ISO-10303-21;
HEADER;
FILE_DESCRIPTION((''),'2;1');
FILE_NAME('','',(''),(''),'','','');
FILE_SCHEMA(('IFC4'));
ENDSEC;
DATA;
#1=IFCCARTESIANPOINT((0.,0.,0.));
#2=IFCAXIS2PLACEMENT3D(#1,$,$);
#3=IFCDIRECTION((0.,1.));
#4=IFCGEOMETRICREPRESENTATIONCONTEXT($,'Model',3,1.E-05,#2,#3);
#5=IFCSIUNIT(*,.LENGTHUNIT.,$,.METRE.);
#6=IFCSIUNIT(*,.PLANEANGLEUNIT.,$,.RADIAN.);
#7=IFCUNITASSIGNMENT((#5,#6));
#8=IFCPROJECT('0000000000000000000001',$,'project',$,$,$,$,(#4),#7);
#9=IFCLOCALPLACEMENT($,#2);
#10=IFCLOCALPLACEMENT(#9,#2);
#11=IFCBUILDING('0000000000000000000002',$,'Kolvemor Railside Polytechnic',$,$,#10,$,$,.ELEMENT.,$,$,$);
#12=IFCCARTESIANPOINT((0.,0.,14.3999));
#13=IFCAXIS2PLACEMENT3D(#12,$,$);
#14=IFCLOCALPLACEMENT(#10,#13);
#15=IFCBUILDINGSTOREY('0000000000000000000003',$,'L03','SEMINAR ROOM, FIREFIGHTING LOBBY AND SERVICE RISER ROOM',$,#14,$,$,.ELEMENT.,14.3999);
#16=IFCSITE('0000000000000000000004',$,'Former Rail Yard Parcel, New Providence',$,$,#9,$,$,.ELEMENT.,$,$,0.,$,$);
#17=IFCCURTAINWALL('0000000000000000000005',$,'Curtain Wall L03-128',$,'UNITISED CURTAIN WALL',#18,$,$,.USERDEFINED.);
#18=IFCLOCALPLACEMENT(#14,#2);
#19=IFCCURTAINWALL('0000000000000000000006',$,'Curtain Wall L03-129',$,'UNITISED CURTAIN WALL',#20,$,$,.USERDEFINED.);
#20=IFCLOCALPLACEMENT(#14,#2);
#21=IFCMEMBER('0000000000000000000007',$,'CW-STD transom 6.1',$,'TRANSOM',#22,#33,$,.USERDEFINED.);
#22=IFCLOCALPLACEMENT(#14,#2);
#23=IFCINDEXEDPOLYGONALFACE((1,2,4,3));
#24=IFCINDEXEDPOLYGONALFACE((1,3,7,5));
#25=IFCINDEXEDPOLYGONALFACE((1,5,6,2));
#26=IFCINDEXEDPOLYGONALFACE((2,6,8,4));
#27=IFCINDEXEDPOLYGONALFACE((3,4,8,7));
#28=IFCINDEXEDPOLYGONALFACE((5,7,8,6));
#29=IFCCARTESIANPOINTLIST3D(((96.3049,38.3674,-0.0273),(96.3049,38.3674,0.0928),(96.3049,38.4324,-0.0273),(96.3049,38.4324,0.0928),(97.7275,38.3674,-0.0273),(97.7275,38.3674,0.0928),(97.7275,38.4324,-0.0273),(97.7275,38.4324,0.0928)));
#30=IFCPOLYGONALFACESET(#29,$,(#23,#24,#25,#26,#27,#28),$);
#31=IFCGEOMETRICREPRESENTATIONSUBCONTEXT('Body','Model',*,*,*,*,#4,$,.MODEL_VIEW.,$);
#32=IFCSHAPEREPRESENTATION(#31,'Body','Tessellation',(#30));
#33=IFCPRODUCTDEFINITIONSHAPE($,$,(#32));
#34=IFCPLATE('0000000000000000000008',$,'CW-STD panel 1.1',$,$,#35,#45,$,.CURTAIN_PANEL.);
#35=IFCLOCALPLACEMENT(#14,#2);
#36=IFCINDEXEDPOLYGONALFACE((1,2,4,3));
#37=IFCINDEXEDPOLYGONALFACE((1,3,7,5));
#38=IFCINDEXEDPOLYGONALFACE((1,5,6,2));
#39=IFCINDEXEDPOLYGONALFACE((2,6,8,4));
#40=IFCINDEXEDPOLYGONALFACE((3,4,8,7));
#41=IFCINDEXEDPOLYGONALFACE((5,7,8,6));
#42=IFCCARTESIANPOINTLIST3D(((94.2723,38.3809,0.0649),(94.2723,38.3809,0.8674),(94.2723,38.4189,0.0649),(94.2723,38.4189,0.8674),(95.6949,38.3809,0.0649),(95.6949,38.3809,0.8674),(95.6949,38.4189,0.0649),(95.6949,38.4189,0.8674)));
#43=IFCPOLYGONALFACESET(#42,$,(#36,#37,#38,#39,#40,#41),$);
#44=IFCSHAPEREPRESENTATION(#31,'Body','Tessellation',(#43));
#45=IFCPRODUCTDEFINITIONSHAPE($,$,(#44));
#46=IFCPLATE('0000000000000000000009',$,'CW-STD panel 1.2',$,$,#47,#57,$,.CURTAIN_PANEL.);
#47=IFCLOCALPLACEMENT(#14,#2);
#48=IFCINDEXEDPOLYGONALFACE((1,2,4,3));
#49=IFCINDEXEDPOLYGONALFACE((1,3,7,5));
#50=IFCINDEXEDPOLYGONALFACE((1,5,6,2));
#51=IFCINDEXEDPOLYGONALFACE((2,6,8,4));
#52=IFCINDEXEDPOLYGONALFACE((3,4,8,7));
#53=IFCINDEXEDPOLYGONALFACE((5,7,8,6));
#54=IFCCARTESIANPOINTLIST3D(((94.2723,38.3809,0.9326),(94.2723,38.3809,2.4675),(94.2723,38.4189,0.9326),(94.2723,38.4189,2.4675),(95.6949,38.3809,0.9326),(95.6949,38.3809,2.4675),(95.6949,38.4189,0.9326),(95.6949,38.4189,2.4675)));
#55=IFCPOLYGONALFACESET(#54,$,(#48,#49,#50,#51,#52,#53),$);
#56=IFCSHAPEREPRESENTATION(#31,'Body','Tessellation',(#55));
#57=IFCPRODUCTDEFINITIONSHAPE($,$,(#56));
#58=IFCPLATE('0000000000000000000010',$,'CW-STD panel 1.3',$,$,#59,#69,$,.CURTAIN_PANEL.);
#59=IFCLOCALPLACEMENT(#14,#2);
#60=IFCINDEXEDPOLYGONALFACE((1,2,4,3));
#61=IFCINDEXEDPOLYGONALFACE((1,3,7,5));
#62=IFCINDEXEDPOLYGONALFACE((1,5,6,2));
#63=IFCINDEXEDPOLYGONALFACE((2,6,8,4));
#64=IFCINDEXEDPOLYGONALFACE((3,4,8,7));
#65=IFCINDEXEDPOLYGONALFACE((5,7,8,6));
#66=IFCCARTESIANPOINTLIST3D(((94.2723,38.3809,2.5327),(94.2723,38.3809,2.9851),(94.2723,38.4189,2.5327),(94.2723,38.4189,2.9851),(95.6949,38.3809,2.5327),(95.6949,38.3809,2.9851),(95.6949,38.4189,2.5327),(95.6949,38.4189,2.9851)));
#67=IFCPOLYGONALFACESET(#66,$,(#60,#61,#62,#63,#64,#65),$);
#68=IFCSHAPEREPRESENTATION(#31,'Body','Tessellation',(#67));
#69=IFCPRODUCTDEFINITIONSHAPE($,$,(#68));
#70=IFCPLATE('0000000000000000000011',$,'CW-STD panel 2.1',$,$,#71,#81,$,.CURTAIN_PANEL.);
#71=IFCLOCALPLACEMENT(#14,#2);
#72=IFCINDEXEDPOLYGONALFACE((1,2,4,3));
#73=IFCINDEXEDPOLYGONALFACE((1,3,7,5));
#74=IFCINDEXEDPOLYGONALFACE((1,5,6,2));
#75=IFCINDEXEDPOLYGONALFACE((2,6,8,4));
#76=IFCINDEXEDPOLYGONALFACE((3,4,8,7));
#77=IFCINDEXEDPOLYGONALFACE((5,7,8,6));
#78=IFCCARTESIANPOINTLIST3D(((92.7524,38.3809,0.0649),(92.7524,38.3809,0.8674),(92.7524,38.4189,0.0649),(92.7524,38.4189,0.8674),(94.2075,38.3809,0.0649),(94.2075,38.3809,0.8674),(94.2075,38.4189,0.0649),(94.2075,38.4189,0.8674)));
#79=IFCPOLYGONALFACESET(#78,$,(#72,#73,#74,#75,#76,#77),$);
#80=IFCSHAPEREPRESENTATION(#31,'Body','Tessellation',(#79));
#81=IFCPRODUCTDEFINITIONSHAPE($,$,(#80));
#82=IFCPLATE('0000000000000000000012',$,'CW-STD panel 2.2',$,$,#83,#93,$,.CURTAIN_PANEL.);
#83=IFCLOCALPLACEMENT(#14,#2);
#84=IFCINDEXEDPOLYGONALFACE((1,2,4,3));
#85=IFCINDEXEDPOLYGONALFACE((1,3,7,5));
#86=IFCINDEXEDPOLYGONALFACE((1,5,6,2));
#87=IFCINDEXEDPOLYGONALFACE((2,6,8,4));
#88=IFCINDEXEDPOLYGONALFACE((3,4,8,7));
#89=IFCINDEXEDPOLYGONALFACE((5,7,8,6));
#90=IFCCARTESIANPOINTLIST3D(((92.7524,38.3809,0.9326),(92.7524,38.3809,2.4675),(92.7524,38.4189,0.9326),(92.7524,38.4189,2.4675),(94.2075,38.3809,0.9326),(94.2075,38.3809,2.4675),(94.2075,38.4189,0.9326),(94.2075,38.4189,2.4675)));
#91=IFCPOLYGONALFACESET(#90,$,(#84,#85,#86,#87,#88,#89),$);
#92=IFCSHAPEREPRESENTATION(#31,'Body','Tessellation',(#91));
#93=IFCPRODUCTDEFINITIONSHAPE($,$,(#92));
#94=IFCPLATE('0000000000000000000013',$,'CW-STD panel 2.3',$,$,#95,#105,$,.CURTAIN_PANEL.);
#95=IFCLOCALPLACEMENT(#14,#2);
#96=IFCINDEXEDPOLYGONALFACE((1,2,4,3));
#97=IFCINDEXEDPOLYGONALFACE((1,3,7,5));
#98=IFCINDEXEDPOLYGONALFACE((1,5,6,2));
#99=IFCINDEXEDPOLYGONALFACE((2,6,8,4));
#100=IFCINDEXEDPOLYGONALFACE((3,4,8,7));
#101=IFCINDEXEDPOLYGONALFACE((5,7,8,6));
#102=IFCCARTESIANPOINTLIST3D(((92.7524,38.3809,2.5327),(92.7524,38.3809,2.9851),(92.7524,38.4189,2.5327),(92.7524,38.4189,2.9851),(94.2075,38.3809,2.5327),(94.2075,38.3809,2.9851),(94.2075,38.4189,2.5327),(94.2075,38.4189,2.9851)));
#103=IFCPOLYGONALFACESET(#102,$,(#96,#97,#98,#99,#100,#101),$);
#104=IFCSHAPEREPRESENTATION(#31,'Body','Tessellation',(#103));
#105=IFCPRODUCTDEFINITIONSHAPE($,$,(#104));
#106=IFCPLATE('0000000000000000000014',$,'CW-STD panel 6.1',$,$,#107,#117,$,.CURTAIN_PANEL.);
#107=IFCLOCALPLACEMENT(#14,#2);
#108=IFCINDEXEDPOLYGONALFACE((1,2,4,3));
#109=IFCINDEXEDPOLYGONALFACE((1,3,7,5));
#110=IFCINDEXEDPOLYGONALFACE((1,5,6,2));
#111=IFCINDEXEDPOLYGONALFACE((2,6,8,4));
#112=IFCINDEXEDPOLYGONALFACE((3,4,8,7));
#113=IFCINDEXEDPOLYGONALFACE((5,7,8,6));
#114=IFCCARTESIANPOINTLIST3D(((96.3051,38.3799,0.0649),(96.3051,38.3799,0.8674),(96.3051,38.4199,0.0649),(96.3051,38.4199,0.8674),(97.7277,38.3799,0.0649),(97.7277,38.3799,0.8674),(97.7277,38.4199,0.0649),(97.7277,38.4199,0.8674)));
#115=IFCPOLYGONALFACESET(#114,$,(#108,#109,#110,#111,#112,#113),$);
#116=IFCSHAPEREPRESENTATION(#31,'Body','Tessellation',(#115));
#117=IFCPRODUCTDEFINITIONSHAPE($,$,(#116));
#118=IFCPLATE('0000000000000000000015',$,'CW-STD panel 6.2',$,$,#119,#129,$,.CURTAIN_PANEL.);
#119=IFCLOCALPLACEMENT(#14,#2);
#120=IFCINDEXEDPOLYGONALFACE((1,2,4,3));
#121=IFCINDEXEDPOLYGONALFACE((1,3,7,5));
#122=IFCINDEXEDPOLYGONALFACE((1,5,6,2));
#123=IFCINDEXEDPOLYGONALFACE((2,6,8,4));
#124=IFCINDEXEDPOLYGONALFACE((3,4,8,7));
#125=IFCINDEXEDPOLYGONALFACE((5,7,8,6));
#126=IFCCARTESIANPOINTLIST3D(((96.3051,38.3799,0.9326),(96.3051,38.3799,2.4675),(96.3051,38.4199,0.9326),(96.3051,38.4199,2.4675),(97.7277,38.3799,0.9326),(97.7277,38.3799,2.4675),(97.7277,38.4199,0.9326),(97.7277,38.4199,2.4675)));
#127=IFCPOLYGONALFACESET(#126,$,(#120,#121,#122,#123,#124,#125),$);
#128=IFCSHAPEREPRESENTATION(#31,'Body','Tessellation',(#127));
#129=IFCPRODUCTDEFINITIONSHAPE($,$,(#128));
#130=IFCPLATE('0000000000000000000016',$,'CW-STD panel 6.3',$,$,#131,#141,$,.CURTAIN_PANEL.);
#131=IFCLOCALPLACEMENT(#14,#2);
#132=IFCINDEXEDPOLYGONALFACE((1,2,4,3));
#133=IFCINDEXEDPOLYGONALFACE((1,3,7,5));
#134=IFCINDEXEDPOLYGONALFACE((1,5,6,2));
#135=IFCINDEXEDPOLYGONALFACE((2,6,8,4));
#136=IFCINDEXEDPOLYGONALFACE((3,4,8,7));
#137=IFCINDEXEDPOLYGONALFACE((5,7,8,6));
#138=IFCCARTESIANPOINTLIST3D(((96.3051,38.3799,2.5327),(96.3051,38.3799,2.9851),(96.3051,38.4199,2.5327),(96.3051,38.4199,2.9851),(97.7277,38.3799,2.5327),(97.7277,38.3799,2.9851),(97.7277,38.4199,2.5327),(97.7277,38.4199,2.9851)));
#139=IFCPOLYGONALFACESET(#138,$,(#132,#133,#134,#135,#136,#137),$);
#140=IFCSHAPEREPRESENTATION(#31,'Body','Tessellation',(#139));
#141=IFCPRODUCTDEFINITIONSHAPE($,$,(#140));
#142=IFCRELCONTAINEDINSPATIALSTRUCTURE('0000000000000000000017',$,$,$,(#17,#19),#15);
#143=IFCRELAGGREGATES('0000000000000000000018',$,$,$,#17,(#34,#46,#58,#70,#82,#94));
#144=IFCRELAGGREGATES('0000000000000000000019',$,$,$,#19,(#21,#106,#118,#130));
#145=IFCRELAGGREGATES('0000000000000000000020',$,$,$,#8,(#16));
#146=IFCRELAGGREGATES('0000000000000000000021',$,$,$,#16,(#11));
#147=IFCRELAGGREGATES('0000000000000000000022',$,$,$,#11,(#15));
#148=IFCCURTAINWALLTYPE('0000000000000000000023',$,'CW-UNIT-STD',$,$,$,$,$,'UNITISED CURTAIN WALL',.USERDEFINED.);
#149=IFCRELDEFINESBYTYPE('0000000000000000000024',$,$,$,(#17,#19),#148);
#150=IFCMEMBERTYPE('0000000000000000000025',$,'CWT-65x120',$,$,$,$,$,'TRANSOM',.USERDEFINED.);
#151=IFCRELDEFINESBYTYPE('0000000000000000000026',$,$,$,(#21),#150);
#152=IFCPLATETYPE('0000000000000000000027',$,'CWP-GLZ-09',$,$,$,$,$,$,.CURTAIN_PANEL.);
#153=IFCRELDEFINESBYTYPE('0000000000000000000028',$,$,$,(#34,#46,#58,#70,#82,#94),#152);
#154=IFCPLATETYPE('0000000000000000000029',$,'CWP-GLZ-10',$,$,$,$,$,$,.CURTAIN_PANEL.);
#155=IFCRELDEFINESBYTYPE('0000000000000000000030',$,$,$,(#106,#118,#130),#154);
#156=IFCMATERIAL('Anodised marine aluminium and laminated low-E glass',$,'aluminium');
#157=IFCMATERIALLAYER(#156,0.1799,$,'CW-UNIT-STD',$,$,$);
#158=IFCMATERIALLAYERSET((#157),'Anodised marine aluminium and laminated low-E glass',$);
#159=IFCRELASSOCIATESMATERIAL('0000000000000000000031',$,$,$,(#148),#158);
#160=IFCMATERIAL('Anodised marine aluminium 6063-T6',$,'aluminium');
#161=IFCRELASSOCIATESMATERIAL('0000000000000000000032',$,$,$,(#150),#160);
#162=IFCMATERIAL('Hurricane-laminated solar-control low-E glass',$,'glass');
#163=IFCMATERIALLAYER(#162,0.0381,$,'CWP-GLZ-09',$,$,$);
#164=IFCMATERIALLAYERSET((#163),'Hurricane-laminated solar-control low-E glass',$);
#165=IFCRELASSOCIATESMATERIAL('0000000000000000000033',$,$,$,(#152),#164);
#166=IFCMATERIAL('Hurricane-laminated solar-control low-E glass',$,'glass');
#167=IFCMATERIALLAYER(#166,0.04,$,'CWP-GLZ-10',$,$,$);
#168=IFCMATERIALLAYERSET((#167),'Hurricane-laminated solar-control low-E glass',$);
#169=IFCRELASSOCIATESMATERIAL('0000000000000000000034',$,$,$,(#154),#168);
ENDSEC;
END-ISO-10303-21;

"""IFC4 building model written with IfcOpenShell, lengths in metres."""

from ifc_helpers import new_model, si_unit, direction, frame, origin, origin_2d, place, context, subcontext, project, spatial, rectangle, extrude, material, layer, layer_set, material_profile, profile_set, type_object, element, aggregate, save


model = new_model("IFC4")

# Units and contexts
model_context = context("Model", 3, precision=1e-05, world=origin(), true_north=direction((0.0, 1.0)))
body_context = subcontext(model_context, "Body", "Model", "MODEL_VIEW")
ifc_project = project(units=[si_unit("LENGTHUNIT", "METRE"), si_unit("PLANEANGLEUNIT", "RADIAN")], contexts=[model_context])

# Site, building, storey
site_placement = place(None, origin())
site = spatial("IfcSite", under=ifc_project, at=site_placement, Name="Former Rail Yard Parcel, New Providence", CompositionType="ELEMENT", RefElevation=0.0)
building_placement = place(site_placement, origin())
building = spatial("IfcBuilding", under=site, at=building_placement, Name="Kolvemor Railside Polytechnic", CompositionType="ELEMENT")
storey_placement = place(building_placement, frame((0.0, 0.0, 14.3999)))
storey = spatial("IfcBuildingStorey", under=building, at=storey_placement, Name="L03", Description="SEMINAR ROOM, FIREFIGHTING LOBBY AND SERVICE RISER ROOM", CompositionType="ELEMENT", Elevation=14.3999)

# Curtain wall
ifc_material_1 = material(Name="Anodised marine aluminium and laminated low-E glass", Category="aluminium")
ifc_layer_1 = layer(ifc_material_1, 0.1799, Name="CW-UNIT-STD")
ifc_layer_set_1 = layer_set([ifc_layer_1], Name="Anodised marine aluminium and laminated low-E glass")
curtain_wall_type = type_object("IfcCurtainWallType", Name="CW-UNIT-STD", ElementType="UNITISED CURTAIN WALL", PredefinedType="USERDEFINED", material=ifc_layer_set_1)
curtain_wall_1_placement = place(storey_placement, origin())
curtain_wall_1 = element("IfcCurtainWall", 1, at=curtain_wall_1_placement, inside=storey, type_object=curtain_wall_type, Name="Curtain Wall L03-128", ObjectType="UNITISED CURTAIN WALL", PredefinedType="USERDEFINED")

# Curtain wall
curtain_wall_2_placement = place(storey_placement, origin())
curtain_wall_2 = element("IfcCurtainWall", 2, at=curtain_wall_2_placement, inside=storey, type_object=curtain_wall_type, Name="Curtain Wall L03-129", ObjectType="UNITISED CURTAIN WALL", PredefinedType="USERDEFINED")

# Member
ifc_material_2 = material(Name="Anodised marine aluminium 6063-T6", Category="aluminium")
ifc_material_profile_1 = material_profile(ifc_material_2, rectangle(XDim=0.0649, YDim=0.1201, at=origin_2d()), Name="CW-TRN-65x120")
ifc_profile_set_1 = profile_set([ifc_material_profile_1], Name="Anodised marine aluminium 6063-T6")
member_type_1 = type_object("IfcMemberType", Name="CWT-65x120", ElementType="TRANSOM", PredefinedType="USERDEFINED", material=ifc_profile_set_1)
member_1_placement = place(storey_placement, frame((97.7275, 38.3999, 0.0327), z_axis=(-1.0, 0.0, 0.0), x_axis=(0.0, -1.0, 0.0)))
member_1 = element("IfcMember", 3, at=member_1_placement, type_object=member_type_1, Name="CW-STD transom 6.1", ObjectType="TRANSOM", PredefinedType="USERDEFINED", context=body_context, shape_type="SweptSolid", body=[
    extrude(rectangle(XDim=0.0649, YDim=0.1201, at=origin_2d()), origin(), (0.0, 0.0, 1.0), 1.4226),
])

# Plates
ifc_material_3 = material(Name="Hurricane-laminated solar-control low-E glass", Category="glass")
ifc_layer_2 = layer(ifc_material_3, 0.0381, Name="CWP-GLZ-09")
ifc_layer_set_2 = layer_set([ifc_layer_2], Name="Hurricane-laminated solar-control low-E glass")
plate_type_1 = type_object("IfcPlateType", Name="CWP-GLZ-09", PredefinedType="CURTAIN_PANEL", material=ifc_layer_set_2)
plate_1_placement = place(storey_placement, frame((94.9836, 38.3999, 0.0649), z_axis=(0.0, 0.0, 1.0), x_axis=(-1.0, 0.0, 0.0)))
plate_1 = element("IfcPlate", 4, at=plate_1_placement, type_object=plate_type_1, Name="CW-STD panel 1.1", PredefinedType="CURTAIN_PANEL", context=body_context, shape_type="SweptSolid", body=[
    extrude(rectangle(XDim=1.4226, YDim=0.0381, at=origin_2d()), origin(), (0.0, 0.0, 1.0), 0.8025),
])
plate_2_placement = place(storey_placement, frame((94.9836, 38.3999, 0.9326), z_axis=(0.0, 0.0, 1.0), x_axis=(-1.0, 0.0, 0.0)))
plate_2 = element("IfcPlate", 5, at=plate_2_placement, type_object=plate_type_1, Name="CW-STD panel 1.2", PredefinedType="CURTAIN_PANEL", context=body_context, shape_type="SweptSolid", body=[
    extrude(rectangle(XDim=1.4226, YDim=0.0381, at=origin_2d()), origin(), (0.0, 0.0, 1.0), 1.5349),
])
plate_3_placement = place(storey_placement, frame((94.9836, 38.3999, 2.5327), z_axis=(0.0, 0.0, 1.0), x_axis=(-1.0, 0.0, 0.0)))
plate_3 = element("IfcPlate", 6, at=plate_3_placement, type_object=plate_type_1, Name="CW-STD panel 1.3", PredefinedType="CURTAIN_PANEL", context=body_context, shape_type="SweptSolid", body=[
    extrude(rectangle(XDim=1.4226, YDim=0.0381, at=origin_2d()), origin(), (0.0, 0.0, 1.0), 0.4524),
])
plate_4_placement = place(storey_placement, frame((93.48, 38.3999, 0.0649), z_axis=(0.0, 0.0, 1.0), x_axis=(-1.0, 0.0, 0.0)))
plate_4 = element("IfcPlate", 7, at=plate_4_placement, type_object=plate_type_1, Name="CW-STD panel 2.1", PredefinedType="CURTAIN_PANEL", context=body_context, shape_type="SweptSolid", body=[
    extrude(rectangle(XDim=1.4551, YDim=0.0381, at=origin_2d()), origin(), (0.0, 0.0, 1.0), 0.8025),
])
plate_5_placement = place(storey_placement, frame((93.48, 38.3999, 0.9326), z_axis=(0.0, 0.0, 1.0), x_axis=(-1.0, 0.0, 0.0)))
plate_5 = element("IfcPlate", 8, at=plate_5_placement, type_object=plate_type_1, Name="CW-STD panel 2.2", PredefinedType="CURTAIN_PANEL", context=body_context, shape_type="SweptSolid", body=[
    extrude(rectangle(XDim=1.4551, YDim=0.0381, at=origin_2d()), origin(), (0.0, 0.0, 1.0), 1.5349),
])
plate_6_placement = place(storey_placement, frame((93.48, 38.3999, 2.5327), z_axis=(0.0, 0.0, 1.0), x_axis=(-1.0, 0.0, 0.0)))
plate_6 = element("IfcPlate", 9, at=plate_6_placement, type_object=plate_type_1, Name="CW-STD panel 2.3", PredefinedType="CURTAIN_PANEL", context=body_context, shape_type="SweptSolid", body=[
    extrude(rectangle(XDim=1.4551, YDim=0.0381, at=origin_2d()), origin(), (0.0, 0.0, 1.0), 0.4524),
])
aggregate(curtain_wall_1, [plate_1, plate_2, plate_3, plate_4, plate_5, plate_6])
ifc_material_4 = material(Name="Hurricane-laminated solar-control low-E glass", Category="glass")
ifc_layer_3 = layer(ifc_material_4, 0.04, Name="CWP-GLZ-10")
ifc_layer_set_3 = layer_set([ifc_layer_3], Name="Hurricane-laminated solar-control low-E glass")
plate_type_2 = type_object("IfcPlateType", Name="CWP-GLZ-10", PredefinedType="CURTAIN_PANEL", material=ifc_layer_set_3)
plate_7_placement = place(storey_placement, frame((97.0164, 38.3999, 0.0649), z_axis=(0.0, 0.0, 1.0), x_axis=(-1.0, 0.0, 0.0)))
plate_7 = element("IfcPlate", 10, at=plate_7_placement, type_object=plate_type_2, Name="CW-STD panel 6.1", PredefinedType="CURTAIN_PANEL", context=body_context, shape_type="SweptSolid", body=[
    extrude(rectangle(XDim=1.4226, YDim=0.04, at=origin_2d()), origin(), (0.0, 0.0, 1.0), 0.8025),
])
plate_8_placement = place(storey_placement, frame((97.0164, 38.3999, 0.9326), z_axis=(0.0, 0.0, 1.0), x_axis=(-1.0, 0.0, 0.0)))
plate_8 = element("IfcPlate", 11, at=plate_8_placement, type_object=plate_type_2, Name="CW-STD panel 6.2", PredefinedType="CURTAIN_PANEL", context=body_context, shape_type="SweptSolid", body=[
    extrude(rectangle(XDim=1.4226, YDim=0.04, at=origin_2d()), origin(), (0.0, 0.0, 1.0), 1.5349),
])
plate_9_placement = place(storey_placement, frame((97.0164, 38.3999, 2.5327), z_axis=(0.0, 0.0, 1.0), x_axis=(-1.0, 0.0, 0.0)))
plate_9 = element("IfcPlate", 12, at=plate_9_placement, type_object=plate_type_2, Name="CW-STD panel 6.3", PredefinedType="CURTAIN_PANEL", context=body_context, shape_type="SweptSolid", body=[
    extrude(rectangle(XDim=1.4226, YDim=0.04, at=origin_2d()), origin(), (0.0, 0.0, 1.0), 0.4524),
])
aggregate(curtain_wall_2, [member_1, plate_7, plate_8, plate_9])

save(model, "model.ifc")
